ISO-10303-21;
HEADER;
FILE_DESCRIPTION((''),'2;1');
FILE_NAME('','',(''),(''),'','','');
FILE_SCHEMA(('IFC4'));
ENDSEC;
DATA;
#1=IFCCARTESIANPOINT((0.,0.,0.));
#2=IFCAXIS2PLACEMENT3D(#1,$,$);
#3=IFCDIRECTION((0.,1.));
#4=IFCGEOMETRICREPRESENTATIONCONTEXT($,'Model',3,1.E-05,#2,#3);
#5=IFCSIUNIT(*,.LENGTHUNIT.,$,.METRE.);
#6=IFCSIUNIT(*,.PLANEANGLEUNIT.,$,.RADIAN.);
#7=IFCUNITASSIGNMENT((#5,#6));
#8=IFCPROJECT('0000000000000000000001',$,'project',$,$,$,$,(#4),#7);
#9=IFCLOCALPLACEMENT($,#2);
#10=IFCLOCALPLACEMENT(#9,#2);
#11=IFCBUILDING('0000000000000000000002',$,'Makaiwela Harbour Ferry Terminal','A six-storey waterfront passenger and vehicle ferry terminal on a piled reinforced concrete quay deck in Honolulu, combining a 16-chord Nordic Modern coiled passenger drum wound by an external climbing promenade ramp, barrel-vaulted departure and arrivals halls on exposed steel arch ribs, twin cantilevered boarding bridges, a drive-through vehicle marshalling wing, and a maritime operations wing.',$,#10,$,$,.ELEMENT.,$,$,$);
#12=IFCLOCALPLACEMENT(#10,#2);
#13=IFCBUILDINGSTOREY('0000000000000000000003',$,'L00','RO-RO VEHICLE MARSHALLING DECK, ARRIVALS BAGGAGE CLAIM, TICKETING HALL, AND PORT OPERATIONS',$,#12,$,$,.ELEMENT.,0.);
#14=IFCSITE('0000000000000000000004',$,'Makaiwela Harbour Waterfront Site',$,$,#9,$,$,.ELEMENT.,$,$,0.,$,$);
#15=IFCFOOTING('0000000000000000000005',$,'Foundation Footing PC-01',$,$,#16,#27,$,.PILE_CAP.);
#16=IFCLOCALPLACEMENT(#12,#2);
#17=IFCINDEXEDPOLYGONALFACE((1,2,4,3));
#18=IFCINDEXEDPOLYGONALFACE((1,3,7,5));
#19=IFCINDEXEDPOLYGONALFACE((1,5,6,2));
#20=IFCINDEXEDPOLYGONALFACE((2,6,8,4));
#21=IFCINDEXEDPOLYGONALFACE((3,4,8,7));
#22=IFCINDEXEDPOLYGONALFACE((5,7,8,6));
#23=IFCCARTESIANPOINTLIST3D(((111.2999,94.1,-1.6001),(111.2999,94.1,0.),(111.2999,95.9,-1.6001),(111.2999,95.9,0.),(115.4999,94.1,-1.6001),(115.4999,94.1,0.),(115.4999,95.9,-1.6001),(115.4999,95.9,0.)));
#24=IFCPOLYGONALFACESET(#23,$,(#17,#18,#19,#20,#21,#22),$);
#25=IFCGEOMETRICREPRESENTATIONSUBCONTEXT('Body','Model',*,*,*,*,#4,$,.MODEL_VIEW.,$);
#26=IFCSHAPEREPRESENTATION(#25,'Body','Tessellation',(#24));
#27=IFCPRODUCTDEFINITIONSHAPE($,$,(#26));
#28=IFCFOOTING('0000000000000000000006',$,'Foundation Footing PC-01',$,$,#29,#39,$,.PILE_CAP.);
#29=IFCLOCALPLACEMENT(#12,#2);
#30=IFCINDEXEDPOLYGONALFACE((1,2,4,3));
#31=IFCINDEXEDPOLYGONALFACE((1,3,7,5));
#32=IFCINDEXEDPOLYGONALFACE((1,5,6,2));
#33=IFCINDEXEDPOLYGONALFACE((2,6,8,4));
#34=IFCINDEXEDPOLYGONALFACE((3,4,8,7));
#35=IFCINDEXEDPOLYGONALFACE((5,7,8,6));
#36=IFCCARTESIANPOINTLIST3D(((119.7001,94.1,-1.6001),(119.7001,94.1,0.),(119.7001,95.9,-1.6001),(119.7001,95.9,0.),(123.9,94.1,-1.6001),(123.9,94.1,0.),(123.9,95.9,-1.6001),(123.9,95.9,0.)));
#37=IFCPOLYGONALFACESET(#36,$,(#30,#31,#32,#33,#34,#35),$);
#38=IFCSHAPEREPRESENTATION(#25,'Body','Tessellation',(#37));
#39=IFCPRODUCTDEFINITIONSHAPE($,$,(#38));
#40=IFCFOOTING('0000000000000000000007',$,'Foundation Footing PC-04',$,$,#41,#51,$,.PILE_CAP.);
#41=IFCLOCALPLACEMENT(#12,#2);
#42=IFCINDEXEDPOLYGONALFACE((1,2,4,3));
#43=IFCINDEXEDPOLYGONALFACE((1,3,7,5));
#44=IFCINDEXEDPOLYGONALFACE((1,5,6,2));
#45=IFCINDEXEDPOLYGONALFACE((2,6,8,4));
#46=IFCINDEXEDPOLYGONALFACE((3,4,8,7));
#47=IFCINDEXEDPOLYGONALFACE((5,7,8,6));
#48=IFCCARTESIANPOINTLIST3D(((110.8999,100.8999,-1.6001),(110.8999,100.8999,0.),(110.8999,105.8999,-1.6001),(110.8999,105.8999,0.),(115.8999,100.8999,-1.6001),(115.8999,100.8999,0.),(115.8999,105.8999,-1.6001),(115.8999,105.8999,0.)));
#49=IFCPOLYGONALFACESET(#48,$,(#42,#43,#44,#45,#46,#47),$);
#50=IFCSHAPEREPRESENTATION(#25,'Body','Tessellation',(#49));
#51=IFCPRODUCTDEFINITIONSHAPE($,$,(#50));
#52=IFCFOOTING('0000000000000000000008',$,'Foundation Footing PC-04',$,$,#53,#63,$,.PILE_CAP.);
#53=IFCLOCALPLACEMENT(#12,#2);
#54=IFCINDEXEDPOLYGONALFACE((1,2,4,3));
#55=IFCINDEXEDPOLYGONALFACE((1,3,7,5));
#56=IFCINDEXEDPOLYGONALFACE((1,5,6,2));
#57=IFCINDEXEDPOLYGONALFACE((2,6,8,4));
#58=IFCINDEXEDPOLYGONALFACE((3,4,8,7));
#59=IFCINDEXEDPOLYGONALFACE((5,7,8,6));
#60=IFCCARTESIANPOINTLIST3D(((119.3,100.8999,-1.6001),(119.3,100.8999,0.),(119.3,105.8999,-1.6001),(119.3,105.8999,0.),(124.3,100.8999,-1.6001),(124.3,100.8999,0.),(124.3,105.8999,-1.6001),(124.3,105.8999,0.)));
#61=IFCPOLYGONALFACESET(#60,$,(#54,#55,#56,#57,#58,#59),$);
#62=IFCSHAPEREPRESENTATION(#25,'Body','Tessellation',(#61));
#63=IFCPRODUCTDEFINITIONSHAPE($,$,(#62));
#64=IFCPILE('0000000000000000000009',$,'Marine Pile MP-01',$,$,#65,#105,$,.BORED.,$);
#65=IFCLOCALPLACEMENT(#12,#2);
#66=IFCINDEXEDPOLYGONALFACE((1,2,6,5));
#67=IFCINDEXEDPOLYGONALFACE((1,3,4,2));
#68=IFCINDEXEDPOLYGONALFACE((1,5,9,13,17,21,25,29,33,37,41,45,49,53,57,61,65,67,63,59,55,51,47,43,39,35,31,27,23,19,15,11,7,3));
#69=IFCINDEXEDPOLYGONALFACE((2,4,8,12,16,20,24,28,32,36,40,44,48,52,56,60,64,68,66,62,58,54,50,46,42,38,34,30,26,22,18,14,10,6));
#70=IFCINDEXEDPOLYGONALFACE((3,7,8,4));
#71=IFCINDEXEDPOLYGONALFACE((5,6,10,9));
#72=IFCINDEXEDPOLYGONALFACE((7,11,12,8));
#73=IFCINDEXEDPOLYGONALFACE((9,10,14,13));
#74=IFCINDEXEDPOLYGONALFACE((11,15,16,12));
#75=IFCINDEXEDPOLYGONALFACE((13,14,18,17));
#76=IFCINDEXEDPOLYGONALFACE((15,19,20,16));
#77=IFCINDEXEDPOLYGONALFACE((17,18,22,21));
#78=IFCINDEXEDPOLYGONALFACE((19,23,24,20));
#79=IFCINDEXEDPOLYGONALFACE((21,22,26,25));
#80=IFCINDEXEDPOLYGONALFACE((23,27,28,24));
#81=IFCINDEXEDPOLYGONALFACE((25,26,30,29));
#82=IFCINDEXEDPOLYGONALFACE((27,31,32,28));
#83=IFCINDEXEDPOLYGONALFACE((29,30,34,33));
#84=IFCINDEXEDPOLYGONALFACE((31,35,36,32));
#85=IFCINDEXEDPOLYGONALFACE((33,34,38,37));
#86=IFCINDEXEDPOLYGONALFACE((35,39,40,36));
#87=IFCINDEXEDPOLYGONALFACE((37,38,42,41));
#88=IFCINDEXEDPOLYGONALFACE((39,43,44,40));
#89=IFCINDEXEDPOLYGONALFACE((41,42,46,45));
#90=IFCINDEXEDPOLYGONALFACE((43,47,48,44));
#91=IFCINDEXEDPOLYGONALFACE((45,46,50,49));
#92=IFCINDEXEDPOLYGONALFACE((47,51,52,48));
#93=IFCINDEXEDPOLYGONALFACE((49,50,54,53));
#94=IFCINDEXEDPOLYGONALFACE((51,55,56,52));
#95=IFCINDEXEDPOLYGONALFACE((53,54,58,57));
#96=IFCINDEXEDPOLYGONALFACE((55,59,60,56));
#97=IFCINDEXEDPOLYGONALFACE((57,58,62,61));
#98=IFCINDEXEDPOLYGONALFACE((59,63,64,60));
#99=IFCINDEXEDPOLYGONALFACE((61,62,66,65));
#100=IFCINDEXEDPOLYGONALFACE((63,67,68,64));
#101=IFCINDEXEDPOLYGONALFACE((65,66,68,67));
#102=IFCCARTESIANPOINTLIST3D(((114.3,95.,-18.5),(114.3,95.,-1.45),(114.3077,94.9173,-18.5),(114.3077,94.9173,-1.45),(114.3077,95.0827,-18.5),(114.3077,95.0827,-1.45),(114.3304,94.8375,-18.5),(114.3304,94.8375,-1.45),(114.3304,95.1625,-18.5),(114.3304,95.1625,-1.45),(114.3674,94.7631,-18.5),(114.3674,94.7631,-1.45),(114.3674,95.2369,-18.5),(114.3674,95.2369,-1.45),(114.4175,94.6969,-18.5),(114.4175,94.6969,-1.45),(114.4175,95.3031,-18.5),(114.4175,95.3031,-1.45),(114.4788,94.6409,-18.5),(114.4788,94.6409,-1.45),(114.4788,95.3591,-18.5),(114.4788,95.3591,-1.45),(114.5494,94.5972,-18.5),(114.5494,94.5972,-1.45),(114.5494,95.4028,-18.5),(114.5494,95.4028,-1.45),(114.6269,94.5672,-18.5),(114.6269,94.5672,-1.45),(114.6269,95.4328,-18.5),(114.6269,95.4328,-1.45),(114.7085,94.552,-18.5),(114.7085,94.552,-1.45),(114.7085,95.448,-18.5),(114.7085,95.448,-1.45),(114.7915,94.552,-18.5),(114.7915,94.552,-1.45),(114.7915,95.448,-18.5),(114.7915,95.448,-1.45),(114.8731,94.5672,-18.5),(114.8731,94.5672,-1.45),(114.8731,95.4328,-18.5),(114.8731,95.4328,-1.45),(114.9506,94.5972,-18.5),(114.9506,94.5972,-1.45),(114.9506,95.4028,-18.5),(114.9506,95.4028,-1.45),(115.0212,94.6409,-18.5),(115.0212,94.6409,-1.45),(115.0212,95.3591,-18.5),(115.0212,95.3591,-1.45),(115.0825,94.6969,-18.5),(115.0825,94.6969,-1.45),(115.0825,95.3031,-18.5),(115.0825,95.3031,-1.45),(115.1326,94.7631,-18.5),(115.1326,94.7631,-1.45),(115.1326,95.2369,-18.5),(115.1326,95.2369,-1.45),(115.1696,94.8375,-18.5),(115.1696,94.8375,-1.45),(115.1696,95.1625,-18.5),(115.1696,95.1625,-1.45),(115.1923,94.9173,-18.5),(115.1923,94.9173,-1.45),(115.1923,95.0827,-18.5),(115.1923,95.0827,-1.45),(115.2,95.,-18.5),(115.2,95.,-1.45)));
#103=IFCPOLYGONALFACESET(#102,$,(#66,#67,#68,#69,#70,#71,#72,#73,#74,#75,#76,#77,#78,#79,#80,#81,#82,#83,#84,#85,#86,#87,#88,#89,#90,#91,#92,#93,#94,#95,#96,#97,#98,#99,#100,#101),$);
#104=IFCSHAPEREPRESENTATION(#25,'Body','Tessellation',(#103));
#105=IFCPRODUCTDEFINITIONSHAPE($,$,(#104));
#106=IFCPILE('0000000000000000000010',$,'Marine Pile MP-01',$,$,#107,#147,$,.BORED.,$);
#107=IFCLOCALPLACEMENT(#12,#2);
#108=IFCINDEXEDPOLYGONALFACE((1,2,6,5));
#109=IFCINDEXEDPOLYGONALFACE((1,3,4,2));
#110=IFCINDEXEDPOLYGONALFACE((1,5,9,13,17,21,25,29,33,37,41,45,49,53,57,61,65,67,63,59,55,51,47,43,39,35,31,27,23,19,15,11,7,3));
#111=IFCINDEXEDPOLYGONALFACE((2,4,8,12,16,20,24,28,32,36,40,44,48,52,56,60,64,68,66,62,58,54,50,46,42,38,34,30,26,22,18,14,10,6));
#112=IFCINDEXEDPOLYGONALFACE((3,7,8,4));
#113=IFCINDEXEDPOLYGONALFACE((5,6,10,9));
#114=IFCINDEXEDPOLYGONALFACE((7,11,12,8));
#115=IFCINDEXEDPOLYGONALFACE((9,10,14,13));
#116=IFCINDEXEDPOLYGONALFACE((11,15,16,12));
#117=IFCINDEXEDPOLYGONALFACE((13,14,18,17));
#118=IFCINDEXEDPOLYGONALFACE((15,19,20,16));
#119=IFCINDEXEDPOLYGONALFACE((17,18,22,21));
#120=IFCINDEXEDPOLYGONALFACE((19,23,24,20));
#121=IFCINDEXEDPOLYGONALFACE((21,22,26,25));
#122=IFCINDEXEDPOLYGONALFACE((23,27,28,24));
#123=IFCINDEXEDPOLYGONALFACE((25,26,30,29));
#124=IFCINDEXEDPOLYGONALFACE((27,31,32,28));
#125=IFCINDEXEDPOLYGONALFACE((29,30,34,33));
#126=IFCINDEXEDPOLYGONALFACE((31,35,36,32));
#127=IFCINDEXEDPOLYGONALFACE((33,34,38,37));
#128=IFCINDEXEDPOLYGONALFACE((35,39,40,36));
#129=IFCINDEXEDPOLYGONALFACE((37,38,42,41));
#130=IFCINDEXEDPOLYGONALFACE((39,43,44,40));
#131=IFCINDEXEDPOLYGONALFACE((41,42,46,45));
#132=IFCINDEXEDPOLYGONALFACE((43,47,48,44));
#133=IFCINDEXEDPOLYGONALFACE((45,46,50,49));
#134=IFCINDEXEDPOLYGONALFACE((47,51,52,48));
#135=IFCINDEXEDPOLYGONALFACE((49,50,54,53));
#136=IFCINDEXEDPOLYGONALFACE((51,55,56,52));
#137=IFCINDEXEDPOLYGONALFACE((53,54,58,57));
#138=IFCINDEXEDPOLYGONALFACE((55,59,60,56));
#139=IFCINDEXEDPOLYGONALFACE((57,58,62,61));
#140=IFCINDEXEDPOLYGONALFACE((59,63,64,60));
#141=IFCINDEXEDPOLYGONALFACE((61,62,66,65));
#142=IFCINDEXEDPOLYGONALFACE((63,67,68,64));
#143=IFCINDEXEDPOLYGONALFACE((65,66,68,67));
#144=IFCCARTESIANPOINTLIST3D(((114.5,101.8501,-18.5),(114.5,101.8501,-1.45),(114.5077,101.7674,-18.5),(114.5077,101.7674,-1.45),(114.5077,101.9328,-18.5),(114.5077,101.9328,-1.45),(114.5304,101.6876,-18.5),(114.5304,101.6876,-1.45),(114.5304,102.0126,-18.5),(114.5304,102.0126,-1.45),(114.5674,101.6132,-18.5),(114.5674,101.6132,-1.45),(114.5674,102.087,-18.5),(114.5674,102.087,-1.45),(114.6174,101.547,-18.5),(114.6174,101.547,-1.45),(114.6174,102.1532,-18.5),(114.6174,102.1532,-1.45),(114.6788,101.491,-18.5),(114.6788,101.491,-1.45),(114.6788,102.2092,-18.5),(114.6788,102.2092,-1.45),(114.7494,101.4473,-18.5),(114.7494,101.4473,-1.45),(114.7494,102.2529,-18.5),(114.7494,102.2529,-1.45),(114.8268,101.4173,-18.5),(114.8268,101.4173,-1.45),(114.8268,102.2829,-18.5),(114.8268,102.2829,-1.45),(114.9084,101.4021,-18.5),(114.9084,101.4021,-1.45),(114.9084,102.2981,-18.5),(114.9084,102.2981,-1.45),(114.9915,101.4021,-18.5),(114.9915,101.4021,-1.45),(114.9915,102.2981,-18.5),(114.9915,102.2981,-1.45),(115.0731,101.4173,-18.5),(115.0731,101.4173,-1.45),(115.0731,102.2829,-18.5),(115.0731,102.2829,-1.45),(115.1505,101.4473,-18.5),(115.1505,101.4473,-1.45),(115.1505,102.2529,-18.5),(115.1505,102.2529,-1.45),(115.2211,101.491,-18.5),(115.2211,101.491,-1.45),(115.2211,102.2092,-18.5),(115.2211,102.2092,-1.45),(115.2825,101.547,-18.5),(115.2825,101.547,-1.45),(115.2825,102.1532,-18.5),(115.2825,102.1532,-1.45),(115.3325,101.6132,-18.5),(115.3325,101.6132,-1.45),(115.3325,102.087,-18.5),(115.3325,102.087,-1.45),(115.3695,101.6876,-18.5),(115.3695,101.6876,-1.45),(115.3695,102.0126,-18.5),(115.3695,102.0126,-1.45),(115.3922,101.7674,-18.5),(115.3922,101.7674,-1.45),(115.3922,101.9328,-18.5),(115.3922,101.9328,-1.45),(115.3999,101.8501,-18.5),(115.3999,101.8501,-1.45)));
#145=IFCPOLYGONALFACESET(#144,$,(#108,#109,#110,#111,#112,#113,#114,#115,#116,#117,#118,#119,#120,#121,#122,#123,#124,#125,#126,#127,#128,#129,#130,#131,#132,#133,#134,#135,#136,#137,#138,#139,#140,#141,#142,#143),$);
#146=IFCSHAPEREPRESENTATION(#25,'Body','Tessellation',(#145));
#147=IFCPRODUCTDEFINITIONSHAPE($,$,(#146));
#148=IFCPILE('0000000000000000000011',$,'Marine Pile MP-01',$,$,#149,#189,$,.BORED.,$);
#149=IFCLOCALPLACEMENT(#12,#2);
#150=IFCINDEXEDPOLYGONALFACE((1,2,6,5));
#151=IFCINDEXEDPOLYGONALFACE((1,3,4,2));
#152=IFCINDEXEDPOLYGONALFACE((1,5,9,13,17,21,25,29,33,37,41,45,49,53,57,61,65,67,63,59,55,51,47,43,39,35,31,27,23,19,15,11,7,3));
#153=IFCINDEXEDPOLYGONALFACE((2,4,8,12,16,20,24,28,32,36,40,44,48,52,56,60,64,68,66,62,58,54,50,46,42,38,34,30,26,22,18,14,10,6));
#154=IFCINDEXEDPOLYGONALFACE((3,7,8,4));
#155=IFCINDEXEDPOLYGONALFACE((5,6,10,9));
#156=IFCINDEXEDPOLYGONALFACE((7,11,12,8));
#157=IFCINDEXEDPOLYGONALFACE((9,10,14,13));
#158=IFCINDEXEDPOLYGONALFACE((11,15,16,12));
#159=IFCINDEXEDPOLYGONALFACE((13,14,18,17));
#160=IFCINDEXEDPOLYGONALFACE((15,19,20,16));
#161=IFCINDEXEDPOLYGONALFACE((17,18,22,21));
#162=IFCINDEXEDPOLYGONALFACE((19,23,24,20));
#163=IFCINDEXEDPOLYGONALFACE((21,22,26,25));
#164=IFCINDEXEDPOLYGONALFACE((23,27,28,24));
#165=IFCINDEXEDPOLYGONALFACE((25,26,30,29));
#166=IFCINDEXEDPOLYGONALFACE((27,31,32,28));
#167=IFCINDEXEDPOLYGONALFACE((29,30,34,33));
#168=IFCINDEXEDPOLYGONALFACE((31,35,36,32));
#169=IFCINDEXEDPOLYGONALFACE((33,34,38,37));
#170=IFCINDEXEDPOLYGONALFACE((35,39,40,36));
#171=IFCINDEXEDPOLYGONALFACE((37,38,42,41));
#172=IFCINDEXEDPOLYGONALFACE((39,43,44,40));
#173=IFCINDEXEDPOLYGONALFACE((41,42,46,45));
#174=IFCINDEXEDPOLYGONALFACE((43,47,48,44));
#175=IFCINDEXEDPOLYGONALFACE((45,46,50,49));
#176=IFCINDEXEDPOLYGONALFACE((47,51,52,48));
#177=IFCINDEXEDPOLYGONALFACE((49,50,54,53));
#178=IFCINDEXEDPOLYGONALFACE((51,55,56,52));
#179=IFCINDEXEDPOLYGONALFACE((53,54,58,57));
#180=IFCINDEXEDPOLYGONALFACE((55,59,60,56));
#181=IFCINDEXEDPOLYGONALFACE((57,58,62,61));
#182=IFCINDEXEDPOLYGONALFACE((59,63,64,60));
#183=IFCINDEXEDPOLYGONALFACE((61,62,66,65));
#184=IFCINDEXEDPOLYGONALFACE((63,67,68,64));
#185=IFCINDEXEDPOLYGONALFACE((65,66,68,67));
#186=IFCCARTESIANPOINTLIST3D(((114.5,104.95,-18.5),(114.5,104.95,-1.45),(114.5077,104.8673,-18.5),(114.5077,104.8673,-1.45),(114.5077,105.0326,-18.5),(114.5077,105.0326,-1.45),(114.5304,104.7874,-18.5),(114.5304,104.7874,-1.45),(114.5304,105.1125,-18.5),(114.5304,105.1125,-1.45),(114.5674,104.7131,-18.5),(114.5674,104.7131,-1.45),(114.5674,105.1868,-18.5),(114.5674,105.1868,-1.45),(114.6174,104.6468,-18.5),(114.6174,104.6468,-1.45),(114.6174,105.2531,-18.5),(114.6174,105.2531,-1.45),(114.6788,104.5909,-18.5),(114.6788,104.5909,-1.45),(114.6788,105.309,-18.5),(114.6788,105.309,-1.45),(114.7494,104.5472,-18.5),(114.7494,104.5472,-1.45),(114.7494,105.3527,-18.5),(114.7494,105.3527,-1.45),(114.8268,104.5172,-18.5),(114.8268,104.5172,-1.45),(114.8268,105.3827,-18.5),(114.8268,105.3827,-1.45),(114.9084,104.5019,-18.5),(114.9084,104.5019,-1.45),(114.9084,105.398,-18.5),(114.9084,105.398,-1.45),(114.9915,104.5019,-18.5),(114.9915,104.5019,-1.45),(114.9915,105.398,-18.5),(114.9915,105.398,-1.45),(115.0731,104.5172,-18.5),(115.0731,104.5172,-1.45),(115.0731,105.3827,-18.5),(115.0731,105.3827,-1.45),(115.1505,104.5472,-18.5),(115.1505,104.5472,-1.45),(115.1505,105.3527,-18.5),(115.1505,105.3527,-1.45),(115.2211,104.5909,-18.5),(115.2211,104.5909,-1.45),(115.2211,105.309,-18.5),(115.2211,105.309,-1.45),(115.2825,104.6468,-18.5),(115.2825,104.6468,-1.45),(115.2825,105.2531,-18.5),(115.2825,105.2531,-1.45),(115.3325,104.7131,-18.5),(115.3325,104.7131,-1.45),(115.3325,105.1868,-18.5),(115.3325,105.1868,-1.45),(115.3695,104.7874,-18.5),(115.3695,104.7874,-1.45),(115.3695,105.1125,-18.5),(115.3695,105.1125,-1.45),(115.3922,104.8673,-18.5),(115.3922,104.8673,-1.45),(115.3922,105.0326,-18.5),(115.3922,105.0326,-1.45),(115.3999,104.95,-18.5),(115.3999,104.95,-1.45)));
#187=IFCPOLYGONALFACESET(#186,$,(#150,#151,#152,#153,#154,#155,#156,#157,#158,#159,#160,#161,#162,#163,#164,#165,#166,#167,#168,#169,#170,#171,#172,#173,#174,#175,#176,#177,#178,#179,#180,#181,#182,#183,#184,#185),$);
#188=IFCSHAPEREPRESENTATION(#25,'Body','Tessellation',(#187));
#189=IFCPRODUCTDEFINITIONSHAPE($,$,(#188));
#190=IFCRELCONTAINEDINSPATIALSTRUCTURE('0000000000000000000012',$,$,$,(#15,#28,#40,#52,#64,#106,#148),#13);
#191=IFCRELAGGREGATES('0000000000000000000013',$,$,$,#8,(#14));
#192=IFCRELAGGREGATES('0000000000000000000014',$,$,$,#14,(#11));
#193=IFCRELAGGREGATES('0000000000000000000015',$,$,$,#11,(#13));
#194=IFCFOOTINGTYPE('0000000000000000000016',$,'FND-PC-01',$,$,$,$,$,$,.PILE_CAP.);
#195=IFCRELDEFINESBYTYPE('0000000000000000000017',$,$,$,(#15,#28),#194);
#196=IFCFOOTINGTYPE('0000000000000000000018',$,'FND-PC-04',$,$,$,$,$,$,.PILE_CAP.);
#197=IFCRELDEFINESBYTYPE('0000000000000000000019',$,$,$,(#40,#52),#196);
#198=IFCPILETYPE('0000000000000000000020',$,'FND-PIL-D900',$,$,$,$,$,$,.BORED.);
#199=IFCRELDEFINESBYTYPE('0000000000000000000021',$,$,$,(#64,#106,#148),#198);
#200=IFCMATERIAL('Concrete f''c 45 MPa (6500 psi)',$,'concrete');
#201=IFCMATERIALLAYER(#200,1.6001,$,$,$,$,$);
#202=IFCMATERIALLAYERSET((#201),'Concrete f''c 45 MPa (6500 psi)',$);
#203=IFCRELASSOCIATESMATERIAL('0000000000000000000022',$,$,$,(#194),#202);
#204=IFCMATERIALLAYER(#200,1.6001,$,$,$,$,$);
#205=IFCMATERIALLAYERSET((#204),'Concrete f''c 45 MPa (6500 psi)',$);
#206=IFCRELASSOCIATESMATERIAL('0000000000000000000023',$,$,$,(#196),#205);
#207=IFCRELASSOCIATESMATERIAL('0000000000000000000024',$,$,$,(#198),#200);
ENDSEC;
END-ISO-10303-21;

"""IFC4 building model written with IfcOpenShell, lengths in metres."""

from ifc_helpers import new_model, si_unit, direction, frame, origin, origin_2d, place, context, subcontext, project, spatial, rectangle, circle, extrude, material, layer, layer_set, material_profile, profile_set, type_object, element, save


model = new_model("IFC4")

# Units and contexts
model_context = context("Model", 3, precision=1e-05, world=origin(), true_north=direction((0.0, 1.0)))
body_context = subcontext(model_context, "Body", "Model", "MODEL_VIEW")
ifc_project = project(units=[si_unit("LENGTHUNIT", "METRE"), si_unit("PLANEANGLEUNIT", "RADIAN")], contexts=[model_context])

# Site, building, storey
site_placement = place(None, origin())
site = spatial("IfcSite", under=ifc_project, at=site_placement, Name="Makaiwela Harbour Waterfront Site", CompositionType="ELEMENT", RefElevation=0.0)
building_placement = place(site_placement, origin())
building = spatial("IfcBuilding", under=site, at=building_placement, Name="Makaiwela Harbour Ferry Terminal", Description="A six-storey waterfront passenger and vehicle ferry terminal on a piled reinforced concrete quay deck in Honolulu, combining a 16-chord Nordic Modern coiled passenger drum wound by an external climbing promenade ramp, barrel-vaulted departure and arrivals halls on exposed steel arch ribs, twin cantilevered boarding bridges, a drive-through vehicle marshalling wing, and a maritime operations wing.", CompositionType="ELEMENT")
storey_placement = place(building_placement, origin())
storey = spatial("IfcBuildingStorey", under=building, at=storey_placement, Name="L00", Description="RO-RO VEHICLE MARSHALLING DECK, ARRIVALS BAGGAGE CLAIM, TICKETING HALL, AND PORT OPERATIONS", CompositionType="ELEMENT", Elevation=0.0)

# Footings
ifc_material_1 = material(Name="Concrete f'c 45 MPa (6500 psi)", Category="concrete")
ifc_layer_1 = layer(ifc_material_1, 1.6001)
ifc_layer_set_1 = layer_set([ifc_layer_1], Name="Concrete f'c 45 MPa (6500 psi)")
footing_type_1 = type_object("IfcFootingType", Name="FND-PC-01", PredefinedType="PILE_CAP", material=ifc_layer_set_1)
for number, where, z_axis, x_axis, name in (
    (1, (113.3999, 95.0, -1.6001), (0.0, 0.0, 1.0), (1.0, 0.0, 0.0), "Foundation Footing PC-01"),
    (2, (121.8, 95.0, -1.6001), (0.0, 0.0, 1.0), (1.0, 0.0, 0.0), "Foundation Footing PC-01"),
):
    element("IfcFooting", number, at=place(storey_placement, frame(where, z_axis=z_axis, x_axis=x_axis)), inside=storey, type_object=footing_type_1, Name=name, PredefinedType="PILE_CAP", context=body_context, shape_type="SweptSolid", body=[
        extrude(rectangle(XDim=4.2, YDim=1.8, at=origin_2d()), origin(), (0.0, 0.0, 1.0), 1.6001),
    ])
ifc_layer_2 = layer(ifc_material_1, 1.6001)
ifc_layer_set_2 = layer_set([ifc_layer_2], Name="Concrete f'c 45 MPa (6500 psi)")
footing_type_2 = type_object("IfcFootingType", Name="FND-PC-04", PredefinedType="PILE_CAP", material=ifc_layer_set_2)
for number, where, z_axis, x_axis, name in (
    (3, (113.3999, 103.3999, -1.6001), (0.0, 0.0, 1.0), (1.0, 0.0, 0.0), "Foundation Footing PC-04"),
    (4, (121.8, 103.3999, -1.6001), (0.0, 0.0, 1.0), (1.0, 0.0, 0.0), "Foundation Footing PC-04"),
):
    element("IfcFooting", number, at=place(storey_placement, frame(where, z_axis=z_axis, x_axis=x_axis)), inside=storey, type_object=footing_type_2, Name=name, PredefinedType="PILE_CAP", context=body_context, shape_type="SweptSolid", body=[
        extrude(rectangle(XDim=5.0, YDim=5.0, at=origin_2d()), origin(), (0.0, 0.0, 1.0), 1.6001),
    ])

# Piles
ifc_material_profile_1 = material_profile(ifc_material_1, circle(Radius=0.45, at=origin_2d()), Name="PILE-D900")
ifc_profile_set_1 = profile_set([ifc_material_profile_1], Name="Concrete f'c 45 MPa (6500 psi)")
pile_type = type_object("IfcPileType", Name="FND-PIL-D900", PredefinedType="BORED", material=ifc_profile_set_1)
for number, where, z_axis, x_axis, name in (
    (5, (114.75, 95.0, -1.45), (0.0, 0.0, -1.0), (1.0, 0.0, 0.0), "Marine Pile MP-01"),
    (6, (114.95, 101.8501, -1.45), (0.0, 0.0, -1.0), (1.0, 0.0, 0.0), "Marine Pile MP-01"),
    (7, (114.95, 104.95, -1.45), (0.0, 0.0, -1.0), (1.0, 0.0, 0.0), "Marine Pile MP-01"),
):
    element("IfcPile", number, at=place(storey_placement, frame(where, z_axis=z_axis, x_axis=x_axis)), inside=storey, type_object=pile_type, Name=name, PredefinedType="BORED", context=body_context, shape_type="SweptSolid", body=[
        extrude(circle(Radius=0.45, at=origin_2d()), origin(), (0.0, 0.0, 1.0), 17.05),
    ])

save(model, "model.ifc")
